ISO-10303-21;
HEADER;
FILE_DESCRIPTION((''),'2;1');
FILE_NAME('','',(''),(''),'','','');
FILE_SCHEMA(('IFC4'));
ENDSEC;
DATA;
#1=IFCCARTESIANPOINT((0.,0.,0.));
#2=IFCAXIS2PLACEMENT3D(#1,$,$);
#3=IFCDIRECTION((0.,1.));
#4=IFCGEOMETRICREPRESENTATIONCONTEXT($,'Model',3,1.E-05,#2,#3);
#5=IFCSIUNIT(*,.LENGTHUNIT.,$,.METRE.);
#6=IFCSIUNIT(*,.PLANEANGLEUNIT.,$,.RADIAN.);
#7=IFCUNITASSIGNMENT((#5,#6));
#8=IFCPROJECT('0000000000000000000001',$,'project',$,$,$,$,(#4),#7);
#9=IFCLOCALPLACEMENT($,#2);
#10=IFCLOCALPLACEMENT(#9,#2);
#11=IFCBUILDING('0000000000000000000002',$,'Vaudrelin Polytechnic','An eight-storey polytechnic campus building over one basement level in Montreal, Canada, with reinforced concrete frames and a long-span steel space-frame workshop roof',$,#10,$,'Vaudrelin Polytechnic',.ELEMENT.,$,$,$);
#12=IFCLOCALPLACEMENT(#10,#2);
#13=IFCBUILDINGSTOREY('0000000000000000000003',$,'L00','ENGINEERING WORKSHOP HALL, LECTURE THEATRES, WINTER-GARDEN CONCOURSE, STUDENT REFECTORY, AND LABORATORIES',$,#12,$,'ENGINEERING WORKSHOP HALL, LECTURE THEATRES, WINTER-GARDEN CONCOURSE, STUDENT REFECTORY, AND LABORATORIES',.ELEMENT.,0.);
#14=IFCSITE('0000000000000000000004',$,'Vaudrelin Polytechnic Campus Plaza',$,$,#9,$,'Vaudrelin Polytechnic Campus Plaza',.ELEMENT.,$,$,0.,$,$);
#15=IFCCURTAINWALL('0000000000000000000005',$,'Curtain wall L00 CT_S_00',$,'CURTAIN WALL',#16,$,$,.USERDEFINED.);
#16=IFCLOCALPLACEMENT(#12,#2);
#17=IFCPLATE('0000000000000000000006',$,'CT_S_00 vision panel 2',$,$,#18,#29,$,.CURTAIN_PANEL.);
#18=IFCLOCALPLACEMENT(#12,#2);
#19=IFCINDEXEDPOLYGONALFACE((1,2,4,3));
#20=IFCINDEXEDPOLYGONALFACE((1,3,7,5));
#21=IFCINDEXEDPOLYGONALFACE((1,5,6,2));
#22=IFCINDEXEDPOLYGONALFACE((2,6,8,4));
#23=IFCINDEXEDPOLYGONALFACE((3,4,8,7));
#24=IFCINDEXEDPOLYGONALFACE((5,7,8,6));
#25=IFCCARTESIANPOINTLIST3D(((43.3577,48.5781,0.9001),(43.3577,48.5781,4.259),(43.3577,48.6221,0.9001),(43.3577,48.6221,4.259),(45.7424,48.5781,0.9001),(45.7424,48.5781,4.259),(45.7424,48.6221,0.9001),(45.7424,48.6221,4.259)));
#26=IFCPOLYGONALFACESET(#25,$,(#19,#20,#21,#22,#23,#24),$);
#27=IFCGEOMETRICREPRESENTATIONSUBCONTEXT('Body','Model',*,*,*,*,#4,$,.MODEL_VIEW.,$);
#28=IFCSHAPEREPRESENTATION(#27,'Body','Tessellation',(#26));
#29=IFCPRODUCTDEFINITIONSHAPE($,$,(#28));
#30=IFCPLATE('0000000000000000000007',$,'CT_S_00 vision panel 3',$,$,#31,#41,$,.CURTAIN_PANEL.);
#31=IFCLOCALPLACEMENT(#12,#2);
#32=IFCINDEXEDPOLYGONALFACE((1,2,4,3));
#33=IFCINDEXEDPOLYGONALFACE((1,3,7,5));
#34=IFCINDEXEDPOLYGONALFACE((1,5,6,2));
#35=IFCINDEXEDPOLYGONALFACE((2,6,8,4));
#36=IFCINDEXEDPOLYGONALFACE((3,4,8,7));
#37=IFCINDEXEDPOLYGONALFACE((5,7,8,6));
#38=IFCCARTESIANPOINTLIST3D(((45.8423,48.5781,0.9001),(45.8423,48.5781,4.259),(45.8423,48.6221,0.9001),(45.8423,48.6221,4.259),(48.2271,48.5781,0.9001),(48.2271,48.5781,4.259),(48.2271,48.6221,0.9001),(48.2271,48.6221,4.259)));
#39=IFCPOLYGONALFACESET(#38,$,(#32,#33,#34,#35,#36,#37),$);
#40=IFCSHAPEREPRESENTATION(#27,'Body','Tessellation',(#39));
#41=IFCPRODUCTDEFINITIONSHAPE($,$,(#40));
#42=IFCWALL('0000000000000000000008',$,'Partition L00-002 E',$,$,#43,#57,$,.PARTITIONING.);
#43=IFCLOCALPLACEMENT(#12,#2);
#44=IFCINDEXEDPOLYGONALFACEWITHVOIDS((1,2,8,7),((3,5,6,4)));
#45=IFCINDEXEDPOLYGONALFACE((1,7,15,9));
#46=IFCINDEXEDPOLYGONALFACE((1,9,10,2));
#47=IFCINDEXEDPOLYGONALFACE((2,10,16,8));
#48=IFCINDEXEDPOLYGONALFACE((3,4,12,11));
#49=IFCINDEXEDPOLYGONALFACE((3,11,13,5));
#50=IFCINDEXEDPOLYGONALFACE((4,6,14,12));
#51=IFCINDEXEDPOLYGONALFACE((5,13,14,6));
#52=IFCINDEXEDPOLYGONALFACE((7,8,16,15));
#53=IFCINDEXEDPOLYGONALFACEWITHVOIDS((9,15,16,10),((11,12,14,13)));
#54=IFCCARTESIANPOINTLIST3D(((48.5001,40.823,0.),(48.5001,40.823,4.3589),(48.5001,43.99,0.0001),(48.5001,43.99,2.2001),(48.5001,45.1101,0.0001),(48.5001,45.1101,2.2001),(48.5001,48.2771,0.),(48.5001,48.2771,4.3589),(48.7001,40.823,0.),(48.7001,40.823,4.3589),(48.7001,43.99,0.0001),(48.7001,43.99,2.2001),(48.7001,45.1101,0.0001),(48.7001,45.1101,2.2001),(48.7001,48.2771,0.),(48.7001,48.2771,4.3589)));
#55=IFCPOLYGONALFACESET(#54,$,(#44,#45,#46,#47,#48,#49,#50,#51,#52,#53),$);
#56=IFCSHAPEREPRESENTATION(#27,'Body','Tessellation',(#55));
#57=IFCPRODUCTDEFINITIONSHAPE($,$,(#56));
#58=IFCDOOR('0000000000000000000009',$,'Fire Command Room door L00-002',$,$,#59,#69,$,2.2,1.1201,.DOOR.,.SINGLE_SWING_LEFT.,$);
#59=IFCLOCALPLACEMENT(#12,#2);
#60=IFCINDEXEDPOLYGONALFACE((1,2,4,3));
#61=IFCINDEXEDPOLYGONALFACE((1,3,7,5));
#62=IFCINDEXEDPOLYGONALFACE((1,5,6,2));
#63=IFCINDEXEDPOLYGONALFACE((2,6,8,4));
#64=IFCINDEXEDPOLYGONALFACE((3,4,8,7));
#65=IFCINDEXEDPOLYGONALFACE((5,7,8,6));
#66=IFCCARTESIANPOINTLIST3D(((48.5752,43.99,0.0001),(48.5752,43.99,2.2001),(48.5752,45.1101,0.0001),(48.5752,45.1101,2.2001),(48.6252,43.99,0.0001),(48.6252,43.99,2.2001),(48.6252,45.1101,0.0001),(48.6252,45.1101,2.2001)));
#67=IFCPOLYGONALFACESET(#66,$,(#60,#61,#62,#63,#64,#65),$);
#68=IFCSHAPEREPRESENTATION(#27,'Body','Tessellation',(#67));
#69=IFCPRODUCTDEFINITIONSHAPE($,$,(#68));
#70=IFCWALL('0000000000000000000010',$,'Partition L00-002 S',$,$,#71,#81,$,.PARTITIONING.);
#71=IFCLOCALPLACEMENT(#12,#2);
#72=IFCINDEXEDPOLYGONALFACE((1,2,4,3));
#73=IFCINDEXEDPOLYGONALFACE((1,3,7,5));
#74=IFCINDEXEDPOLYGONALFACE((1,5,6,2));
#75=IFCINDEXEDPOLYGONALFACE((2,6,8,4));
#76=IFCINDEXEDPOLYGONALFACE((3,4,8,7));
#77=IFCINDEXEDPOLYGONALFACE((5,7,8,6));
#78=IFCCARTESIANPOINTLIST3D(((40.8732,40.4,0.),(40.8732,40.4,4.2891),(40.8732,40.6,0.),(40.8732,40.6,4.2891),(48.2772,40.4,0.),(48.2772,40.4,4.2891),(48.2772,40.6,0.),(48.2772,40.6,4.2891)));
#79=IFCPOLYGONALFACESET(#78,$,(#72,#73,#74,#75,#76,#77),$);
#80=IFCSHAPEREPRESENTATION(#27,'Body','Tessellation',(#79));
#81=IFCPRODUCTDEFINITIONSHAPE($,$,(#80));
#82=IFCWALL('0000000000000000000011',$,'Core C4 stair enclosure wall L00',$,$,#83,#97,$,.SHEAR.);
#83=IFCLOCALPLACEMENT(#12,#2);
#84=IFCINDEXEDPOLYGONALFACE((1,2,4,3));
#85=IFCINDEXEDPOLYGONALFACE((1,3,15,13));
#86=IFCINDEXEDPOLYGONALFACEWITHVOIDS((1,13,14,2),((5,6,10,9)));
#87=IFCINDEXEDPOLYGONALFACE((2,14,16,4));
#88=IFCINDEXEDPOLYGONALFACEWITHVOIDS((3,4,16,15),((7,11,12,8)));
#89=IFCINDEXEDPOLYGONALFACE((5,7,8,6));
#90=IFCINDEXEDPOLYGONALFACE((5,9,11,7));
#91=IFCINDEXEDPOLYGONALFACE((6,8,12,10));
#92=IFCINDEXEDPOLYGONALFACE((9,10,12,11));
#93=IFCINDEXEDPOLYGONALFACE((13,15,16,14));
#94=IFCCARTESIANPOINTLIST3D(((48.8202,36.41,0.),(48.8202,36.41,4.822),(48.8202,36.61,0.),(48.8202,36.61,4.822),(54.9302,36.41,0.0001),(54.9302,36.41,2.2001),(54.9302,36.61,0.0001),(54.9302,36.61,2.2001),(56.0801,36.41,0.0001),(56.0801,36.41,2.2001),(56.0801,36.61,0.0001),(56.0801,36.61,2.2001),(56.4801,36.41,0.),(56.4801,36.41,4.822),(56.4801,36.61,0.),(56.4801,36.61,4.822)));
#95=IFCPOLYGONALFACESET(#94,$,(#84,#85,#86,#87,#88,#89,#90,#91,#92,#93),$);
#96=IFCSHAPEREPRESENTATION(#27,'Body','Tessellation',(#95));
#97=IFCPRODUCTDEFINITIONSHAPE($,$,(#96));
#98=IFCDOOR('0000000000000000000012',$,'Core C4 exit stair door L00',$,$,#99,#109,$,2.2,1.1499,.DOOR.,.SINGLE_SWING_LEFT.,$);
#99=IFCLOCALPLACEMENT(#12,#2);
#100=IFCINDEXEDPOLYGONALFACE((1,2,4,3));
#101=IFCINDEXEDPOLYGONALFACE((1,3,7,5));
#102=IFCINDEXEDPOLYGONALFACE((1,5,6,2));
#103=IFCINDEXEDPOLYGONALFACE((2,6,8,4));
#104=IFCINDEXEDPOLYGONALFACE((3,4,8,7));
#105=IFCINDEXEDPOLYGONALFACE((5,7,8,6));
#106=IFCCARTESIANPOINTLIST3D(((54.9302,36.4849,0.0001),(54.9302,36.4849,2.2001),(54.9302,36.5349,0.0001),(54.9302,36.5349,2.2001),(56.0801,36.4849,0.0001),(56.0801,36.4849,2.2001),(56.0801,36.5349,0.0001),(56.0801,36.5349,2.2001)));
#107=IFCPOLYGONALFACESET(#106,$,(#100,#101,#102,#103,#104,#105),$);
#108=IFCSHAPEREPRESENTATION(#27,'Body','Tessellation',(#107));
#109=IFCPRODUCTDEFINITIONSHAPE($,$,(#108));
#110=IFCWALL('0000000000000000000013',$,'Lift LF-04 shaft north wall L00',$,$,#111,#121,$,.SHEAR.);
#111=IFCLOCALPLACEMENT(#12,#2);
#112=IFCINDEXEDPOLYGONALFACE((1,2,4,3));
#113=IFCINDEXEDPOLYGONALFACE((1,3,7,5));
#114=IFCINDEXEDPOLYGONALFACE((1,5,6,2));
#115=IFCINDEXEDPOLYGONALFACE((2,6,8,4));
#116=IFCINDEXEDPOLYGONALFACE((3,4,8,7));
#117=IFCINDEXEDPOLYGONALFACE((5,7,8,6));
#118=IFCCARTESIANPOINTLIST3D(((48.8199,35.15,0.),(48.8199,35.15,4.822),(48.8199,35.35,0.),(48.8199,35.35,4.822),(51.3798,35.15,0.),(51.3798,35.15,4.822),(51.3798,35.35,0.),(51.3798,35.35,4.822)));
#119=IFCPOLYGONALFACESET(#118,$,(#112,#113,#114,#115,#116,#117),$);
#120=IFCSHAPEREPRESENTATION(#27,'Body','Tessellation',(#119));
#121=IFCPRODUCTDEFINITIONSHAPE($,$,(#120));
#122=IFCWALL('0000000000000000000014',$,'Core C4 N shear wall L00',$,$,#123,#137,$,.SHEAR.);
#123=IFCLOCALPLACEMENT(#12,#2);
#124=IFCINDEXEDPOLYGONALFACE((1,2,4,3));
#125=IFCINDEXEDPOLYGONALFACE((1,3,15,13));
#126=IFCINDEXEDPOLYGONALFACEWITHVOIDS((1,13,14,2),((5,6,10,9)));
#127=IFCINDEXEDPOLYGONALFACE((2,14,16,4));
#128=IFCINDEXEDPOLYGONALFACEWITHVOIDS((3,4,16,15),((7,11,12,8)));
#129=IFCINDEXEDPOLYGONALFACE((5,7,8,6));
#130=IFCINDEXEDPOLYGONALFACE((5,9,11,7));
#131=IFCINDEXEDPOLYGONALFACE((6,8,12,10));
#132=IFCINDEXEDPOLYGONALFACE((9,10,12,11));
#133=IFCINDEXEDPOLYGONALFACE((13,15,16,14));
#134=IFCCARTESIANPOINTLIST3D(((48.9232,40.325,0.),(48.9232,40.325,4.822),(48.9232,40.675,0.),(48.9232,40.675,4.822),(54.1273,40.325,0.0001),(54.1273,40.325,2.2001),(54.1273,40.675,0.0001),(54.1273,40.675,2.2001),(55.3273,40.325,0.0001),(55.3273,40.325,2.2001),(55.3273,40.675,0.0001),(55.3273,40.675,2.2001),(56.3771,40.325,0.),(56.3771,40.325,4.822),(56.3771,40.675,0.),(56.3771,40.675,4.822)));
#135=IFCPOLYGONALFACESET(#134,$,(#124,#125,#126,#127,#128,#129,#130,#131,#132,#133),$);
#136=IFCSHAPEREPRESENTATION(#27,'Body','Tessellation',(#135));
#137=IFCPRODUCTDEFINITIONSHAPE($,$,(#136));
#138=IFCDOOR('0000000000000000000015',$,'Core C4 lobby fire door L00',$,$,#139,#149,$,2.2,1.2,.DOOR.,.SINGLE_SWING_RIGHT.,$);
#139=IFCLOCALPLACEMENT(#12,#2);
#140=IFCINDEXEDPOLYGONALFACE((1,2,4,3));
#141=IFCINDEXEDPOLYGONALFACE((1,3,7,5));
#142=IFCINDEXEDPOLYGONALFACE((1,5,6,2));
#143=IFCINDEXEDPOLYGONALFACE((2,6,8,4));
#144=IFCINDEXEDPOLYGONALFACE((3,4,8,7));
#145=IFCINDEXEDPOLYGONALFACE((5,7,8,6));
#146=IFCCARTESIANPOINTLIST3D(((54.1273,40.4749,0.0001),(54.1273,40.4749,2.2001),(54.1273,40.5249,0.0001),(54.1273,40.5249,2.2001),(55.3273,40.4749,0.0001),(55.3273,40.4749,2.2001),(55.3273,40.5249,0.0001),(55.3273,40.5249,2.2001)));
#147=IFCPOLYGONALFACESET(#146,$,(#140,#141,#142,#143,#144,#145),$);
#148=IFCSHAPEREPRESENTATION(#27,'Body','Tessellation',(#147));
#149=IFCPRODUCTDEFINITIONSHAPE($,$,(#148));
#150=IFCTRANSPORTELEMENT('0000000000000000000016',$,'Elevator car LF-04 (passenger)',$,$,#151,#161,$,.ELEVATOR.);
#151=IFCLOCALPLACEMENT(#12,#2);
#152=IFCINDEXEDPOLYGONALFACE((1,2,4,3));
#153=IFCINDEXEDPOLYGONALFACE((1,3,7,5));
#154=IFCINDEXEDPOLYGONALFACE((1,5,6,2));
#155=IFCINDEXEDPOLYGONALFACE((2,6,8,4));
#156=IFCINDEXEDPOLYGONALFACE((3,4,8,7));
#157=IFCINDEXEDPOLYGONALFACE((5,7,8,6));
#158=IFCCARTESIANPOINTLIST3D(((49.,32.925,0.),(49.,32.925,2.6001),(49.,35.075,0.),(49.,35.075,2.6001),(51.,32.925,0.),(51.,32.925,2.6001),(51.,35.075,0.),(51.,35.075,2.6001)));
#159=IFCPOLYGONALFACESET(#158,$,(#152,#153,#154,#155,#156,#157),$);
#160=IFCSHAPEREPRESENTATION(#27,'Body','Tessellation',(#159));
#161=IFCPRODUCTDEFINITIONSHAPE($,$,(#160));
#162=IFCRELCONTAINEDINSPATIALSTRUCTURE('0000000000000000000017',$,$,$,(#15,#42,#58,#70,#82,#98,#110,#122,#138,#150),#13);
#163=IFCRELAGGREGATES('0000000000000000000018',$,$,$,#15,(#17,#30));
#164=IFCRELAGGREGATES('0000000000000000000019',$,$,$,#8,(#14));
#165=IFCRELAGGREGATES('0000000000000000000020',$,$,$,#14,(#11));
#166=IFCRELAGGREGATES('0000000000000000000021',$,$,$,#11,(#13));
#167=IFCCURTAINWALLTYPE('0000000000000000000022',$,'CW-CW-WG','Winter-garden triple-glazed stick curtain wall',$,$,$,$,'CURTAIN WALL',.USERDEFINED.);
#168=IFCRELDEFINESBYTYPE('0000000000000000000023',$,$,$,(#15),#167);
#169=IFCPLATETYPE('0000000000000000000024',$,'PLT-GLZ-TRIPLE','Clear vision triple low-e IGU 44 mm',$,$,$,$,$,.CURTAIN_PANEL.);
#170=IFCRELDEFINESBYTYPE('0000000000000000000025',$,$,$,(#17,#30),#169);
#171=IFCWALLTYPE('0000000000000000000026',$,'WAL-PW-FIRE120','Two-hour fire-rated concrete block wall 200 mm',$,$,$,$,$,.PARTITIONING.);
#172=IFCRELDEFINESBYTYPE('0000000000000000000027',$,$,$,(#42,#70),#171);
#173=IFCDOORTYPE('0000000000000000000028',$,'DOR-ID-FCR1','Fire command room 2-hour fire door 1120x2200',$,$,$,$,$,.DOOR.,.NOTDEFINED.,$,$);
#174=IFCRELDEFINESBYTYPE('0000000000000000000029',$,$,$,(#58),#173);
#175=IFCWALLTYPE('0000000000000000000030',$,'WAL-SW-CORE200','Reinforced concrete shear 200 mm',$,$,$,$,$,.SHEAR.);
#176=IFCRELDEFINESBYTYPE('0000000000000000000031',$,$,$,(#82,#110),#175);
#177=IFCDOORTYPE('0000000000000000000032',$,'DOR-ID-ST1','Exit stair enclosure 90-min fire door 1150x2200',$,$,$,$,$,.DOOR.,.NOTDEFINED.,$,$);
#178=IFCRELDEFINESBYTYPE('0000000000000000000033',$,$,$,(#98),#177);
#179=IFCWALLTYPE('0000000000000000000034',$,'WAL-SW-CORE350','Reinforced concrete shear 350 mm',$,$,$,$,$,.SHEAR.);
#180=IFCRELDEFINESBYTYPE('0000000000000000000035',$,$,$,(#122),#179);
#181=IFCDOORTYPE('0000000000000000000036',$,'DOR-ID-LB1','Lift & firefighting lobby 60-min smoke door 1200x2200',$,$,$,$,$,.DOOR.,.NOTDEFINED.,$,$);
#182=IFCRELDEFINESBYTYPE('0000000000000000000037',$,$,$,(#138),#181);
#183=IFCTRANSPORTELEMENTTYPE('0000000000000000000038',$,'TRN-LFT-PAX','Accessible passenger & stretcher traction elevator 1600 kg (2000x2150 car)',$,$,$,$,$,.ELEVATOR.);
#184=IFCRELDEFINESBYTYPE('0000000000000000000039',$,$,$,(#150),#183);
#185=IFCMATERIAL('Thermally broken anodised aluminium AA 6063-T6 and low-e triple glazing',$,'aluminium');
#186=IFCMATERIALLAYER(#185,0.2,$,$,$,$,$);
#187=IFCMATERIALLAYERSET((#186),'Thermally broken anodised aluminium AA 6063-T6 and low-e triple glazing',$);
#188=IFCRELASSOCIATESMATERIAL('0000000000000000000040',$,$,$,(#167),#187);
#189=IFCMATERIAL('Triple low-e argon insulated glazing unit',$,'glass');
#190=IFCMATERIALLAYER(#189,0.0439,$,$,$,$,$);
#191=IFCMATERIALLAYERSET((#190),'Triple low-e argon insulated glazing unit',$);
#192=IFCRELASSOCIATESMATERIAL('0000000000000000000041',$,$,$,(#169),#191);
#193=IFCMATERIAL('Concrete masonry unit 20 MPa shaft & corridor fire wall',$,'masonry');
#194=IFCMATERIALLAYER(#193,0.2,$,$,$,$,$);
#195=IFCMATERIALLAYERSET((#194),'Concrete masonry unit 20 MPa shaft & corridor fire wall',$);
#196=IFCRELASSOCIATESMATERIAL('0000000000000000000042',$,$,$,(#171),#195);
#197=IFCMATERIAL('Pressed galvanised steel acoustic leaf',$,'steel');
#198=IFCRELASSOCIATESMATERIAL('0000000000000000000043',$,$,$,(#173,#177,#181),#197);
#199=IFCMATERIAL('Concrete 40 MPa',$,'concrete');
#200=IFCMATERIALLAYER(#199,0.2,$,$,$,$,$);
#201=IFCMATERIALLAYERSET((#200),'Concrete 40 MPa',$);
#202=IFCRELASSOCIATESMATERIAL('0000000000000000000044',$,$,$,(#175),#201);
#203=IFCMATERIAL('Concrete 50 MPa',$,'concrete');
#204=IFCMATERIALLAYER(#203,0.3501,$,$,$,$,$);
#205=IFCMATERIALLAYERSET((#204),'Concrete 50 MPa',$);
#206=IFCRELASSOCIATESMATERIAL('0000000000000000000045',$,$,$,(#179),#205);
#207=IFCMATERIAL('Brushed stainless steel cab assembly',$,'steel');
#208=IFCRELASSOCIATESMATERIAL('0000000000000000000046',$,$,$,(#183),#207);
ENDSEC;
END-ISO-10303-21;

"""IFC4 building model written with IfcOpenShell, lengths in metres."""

from ifc_helpers import new_model, si_unit, direction, frame, frame_2d, origin, origin_2d, place, context, subcontext, project, spatial, rectangle, extrude, material, layer, layer_set, type_object, element, fill, aggregate, save


model = new_model("IFC4")

# Units and contexts
model_context = context("Model", 3, precision=1e-05, world=origin(), true_north=direction((0.0, 1.0)))
body_context = subcontext(model_context, "Body", "Model", "MODEL_VIEW")
ifc_project = project(units=[si_unit("LENGTHUNIT", "METRE"), si_unit("PLANEANGLEUNIT", "RADIAN")], contexts=[model_context])

# Site, building, storey
site_placement = place(None, origin())
site = spatial("IfcSite", under=ifc_project, at=site_placement, Name="Vaudrelin Polytechnic Campus Plaza", LongName="Vaudrelin Polytechnic Campus Plaza", CompositionType="ELEMENT", RefElevation=0.0)
building_placement = place(site_placement, origin())
building = spatial("IfcBuilding", under=site, at=building_placement, Name="Vaudrelin Polytechnic", Description="An eight-storey polytechnic campus building over one basement level in Montreal, Canada, with reinforced concrete frames and a long-span steel space-frame workshop roof", LongName="Vaudrelin Polytechnic", CompositionType="ELEMENT")
storey_placement = place(building_placement, origin())
storey = spatial("IfcBuildingStorey", under=building, at=storey_placement, Name="L00", Description="ENGINEERING WORKSHOP HALL, LECTURE THEATRES, WINTER-GARDEN CONCOURSE, STUDENT REFECTORY, AND LABORATORIES", LongName="ENGINEERING WORKSHOP HALL, LECTURE THEATRES, WINTER-GARDEN CONCOURSE, STUDENT REFECTORY, AND LABORATORIES", CompositionType="ELEMENT", Elevation=0.0)

# Shared definitions
ifc_material_1 = material(Name="Concrete 40 MPa", Category="concrete")

# Curtain wall
ifc_material_2 = material(Name="Thermally broken anodised aluminium AA 6063-T6 and low-e triple glazing", Category="aluminium")
ifc_layer_1 = layer(ifc_material_2, 0.2)
ifc_layer_set_1 = layer_set([ifc_layer_1], Name="Thermally broken anodised aluminium AA 6063-T6 and low-e triple glazing")
curtain_wall_type = type_object("IfcCurtainWallType", Name="CW-CW-WG", Description="Winter-garden triple-glazed stick curtain wall", ElementType="CURTAIN WALL", PredefinedType="USERDEFINED", material=ifc_layer_set_1)
curtain_wall_1_placement = place(storey_placement, origin())
curtain_wall_1 = element("IfcCurtainWall", 1, at=curtain_wall_1_placement, inside=storey, type_object=curtain_wall_type, Name="Curtain wall L00 CT_S_00", ObjectType="CURTAIN WALL", PredefinedType="USERDEFINED")

# Plates
ifc_material_3 = material(Name="Triple low-e argon insulated glazing unit", Category="glass")
ifc_layer_2 = layer(ifc_material_3, 0.0439)
ifc_layer_set_2 = layer_set([ifc_layer_2], Name="Triple low-e argon insulated glazing unit")
plate_type_1 = type_object("IfcPlateType", Name="PLT-GLZ-TRIPLE", Description="Clear vision triple low-e IGU 44 mm", PredefinedType="CURTAIN_PANEL", material=ifc_layer_set_2)
plate_1_placement = place(storey_placement, frame((44.55, 48.6001, 0.9001), z_axis=(0.0, 0.0, 1.0), x_axis=(1.0, 0.0, 0.0)))
plate_1 = element("IfcPlate", 2, at=plate_1_placement, type_object=plate_type_1, Name="CT_S_00 vision panel 2", PredefinedType="CURTAIN_PANEL", context=body_context, shape_type="SweptSolid", body=[
    extrude(rectangle(XDim=2.3848, YDim=0.0439, at=origin_2d()), origin(), (0.0, 0.0, 1.0), 3.3589),
])
plate_2_placement = place(storey_placement, frame((47.0347, 48.6001, 0.9001), z_axis=(0.0, 0.0, 1.0), x_axis=(1.0, 0.0, 0.0)))
plate_2 = element("IfcPlate", 3, at=plate_2_placement, type_object=plate_type_1, Name="CT_S_00 vision panel 3", PredefinedType="CURTAIN_PANEL", context=body_context, shape_type="SweptSolid", body=[
    extrude(rectangle(XDim=2.3848, YDim=0.0439, at=origin_2d()), origin(), (0.0, 0.0, 1.0), 3.3589),
])
aggregate(curtain_wall_1, [plate_1, plate_2])

# Wall, opening, door
ifc_material_4 = material(Name="Concrete masonry unit 20 MPa shaft & corridor fire wall", Category="masonry")
ifc_layer_3 = layer(ifc_material_4, 0.2)
ifc_layer_set_3 = layer_set([ifc_layer_3], Name="Concrete masonry unit 20 MPa shaft & corridor fire wall")
wall_type_1 = type_object("IfcWallType", Name="WAL-PW-FIRE120", Description="Two-hour fire-rated concrete block wall 200 mm", PredefinedType="PARTITIONING", material=ifc_layer_set_3)
wall_1_placement = place(storey_placement, frame((48.6001, 40.823, 0.0), z_axis=(0.0, 0.0, 1.0), x_axis=(0.0, 1.0, 0.0)))
wall_1 = element("IfcWall", 4, at=wall_1_placement, inside=storey, type_object=wall_type_1, Name="Partition L00-002 E", PredefinedType="PARTITIONING", context=body_context, shape_type="SweptSolid", body=[
    extrude(rectangle(XDim=7.4541, YDim=0.2, at=frame_2d((3.7271, 0.0))), origin(), (0.0, 0.0, 1.0), 4.3589),
])
opening_1_placement = place(wall_1_placement, frame((3.167, 0.0, 0.0)))
opening_1 = element("IfcOpeningElement", 5, at=opening_1_placement, cuts=wall_1, PredefinedType="OPENING", context=body_context, shape_type="SweptSolid", body=[
    extrude(rectangle(XDim=1.1201, YDim=2.2, at=frame_2d((0.5601, 1.1001))), frame((0.0, 0.1099, 0.0), z_axis=(0.0, -1.0, 0.0), x_axis=(1.0, 0.0, 0.0)), (0.0, 0.0, 1.0), 0.22),
])
ifc_material_5 = material(Name="Pressed galvanised steel acoustic leaf", Category="steel")
door_type_1 = type_object("IfcDoorType", Name="DOR-ID-FCR1", Description="Fire command room 2-hour fire door 1120x2200", OperationType="NOTDEFINED", PredefinedType="DOOR", material=ifc_material_5)
door_1_placement = place(opening_1_placement, origin())
door_1 = element("IfcDoor", 6, at=door_1_placement, inside=storey, type_object=door_type_1, Name="Fire Command Room door L00-002", OperationType="SINGLE_SWING_LEFT", OverallHeight=2.2, OverallWidth=1.1201, PredefinedType="DOOR", context=body_context, shape_type="SweptSolid", body=[
    extrude(rectangle(XDim=1.1201, YDim=2.2, at=frame_2d((0.5601, 1.1001))), frame((0.0, 0.0249, 0.0), z_axis=(0.0, -1.0, 0.0), x_axis=(1.0, 0.0, 0.0)), (0.0, 0.0, 1.0), 0.05),
])
fill(opening_1, door_1)

# Wall
wall_2_placement = place(storey_placement, frame((40.873, 40.5, 0.0), z_axis=(0.0, 0.0, 1.0), x_axis=(1.0, 0.0, 0.0)))
element("IfcWall", 7, at=wall_2_placement, inside=storey, type_object=wall_type_1, Name="Partition L00-002 S", PredefinedType="PARTITIONING", context=body_context, shape_type="SweptSolid", body=[
    extrude(rectangle(XDim=7.4041, YDim=0.2, at=frame_2d((3.7021, 0.0))), origin(), (0.0, 0.0, 1.0), 4.2891),
])

# Wall, opening, door
ifc_layer_4 = layer(ifc_material_1, 0.2)
ifc_layer_set_4 = layer_set([ifc_layer_4], Name="Concrete 40 MPa")
wall_type_2 = type_object("IfcWallType", Name="WAL-SW-CORE200", Description="Reinforced concrete shear 200 mm", PredefinedType="SHEAR", material=ifc_layer_set_4)
wall_3_placement = place(storey_placement, frame((48.8201, 36.51, 0.0), z_axis=(0.0, 0.0, 1.0), x_axis=(1.0, 0.0, 0.0)))
wall_3 = element("IfcWall", 8, at=wall_3_placement, inside=storey, type_object=wall_type_2, Name="Core C4 stair enclosure wall L00", PredefinedType="SHEAR", context=body_context, shape_type="SweptSolid", body=[
    extrude(rectangle(XDim=7.6599, YDim=0.2, at=frame_2d((3.8301, 0.0))), origin(), (0.0, 0.0, 1.0), 4.822),
])
opening_2_placement = place(wall_3_placement, frame((6.1101, 0.0, 0.0)))
opening_2 = element("IfcOpeningElement", 9, at=opening_2_placement, cuts=wall_3, PredefinedType="OPENING", context=body_context, shape_type="SweptSolid", body=[
    extrude(rectangle(XDim=1.1499, YDim=2.2, at=frame_2d((0.575, 1.1001))), frame((0.0, 0.1099, 0.0), z_axis=(0.0, -1.0, 0.0), x_axis=(1.0, 0.0, 0.0)), (0.0, 0.0, 1.0), 0.22),
])
door_type_2 = type_object("IfcDoorType", Name="DOR-ID-ST1", Description="Exit stair enclosure 90-min fire door 1150x2200", OperationType="NOTDEFINED", PredefinedType="DOOR", material=ifc_material_5)
door_2_placement = place(opening_2_placement, origin())
door_2 = element("IfcDoor", 10, at=door_2_placement, inside=storey, type_object=door_type_2, Name="Core C4 exit stair door L00", OperationType="SINGLE_SWING_LEFT", OverallHeight=2.2, OverallWidth=1.1499, PredefinedType="DOOR", context=body_context, shape_type="SweptSolid", body=[
    extrude(rectangle(XDim=1.1499, YDim=2.2, at=frame_2d((0.575, 1.1001))), frame((0.0, 0.0249, 0.0), z_axis=(0.0, -1.0, 0.0), x_axis=(1.0, 0.0, 0.0)), (0.0, 0.0, 1.0), 0.05),
])
fill(opening_2, door_2)

# Wall
wall_4_placement = place(storey_placement, frame((48.8201, 35.25, 0.0), z_axis=(0.0, 0.0, 1.0), x_axis=(1.0, 0.0, 0.0)))
element("IfcWall", 11, at=wall_4_placement, inside=storey, type_object=wall_type_2, Name="Lift LF-04 shaft north wall L00", PredefinedType="SHEAR", context=body_context, shape_type="SweptSolid", body=[
    extrude(rectangle(XDim=2.5598, YDim=0.2, at=frame_2d((1.2798, 0.0))), origin(), (0.0, 0.0, 1.0), 4.822),
])

# Wall, opening, door
ifc_material_6 = material(Name="Concrete 50 MPa", Category="concrete")
ifc_layer_5 = layer(ifc_material_6, 0.3501)
ifc_layer_set_5 = layer_set([ifc_layer_5], Name="Concrete 50 MPa")
wall_type_3 = type_object("IfcWallType", Name="WAL-SW-CORE350", Description="Reinforced concrete shear 350 mm", PredefinedType="SHEAR", material=ifc_layer_set_5)
wall_5_placement = place(storey_placement, frame((48.9231, 40.5, 0.0), z_axis=(0.0, 0.0, 1.0), x_axis=(1.0, 0.0, 0.0)))
wall_5 = element("IfcWall", 12, at=wall_5_placement, inside=storey, type_object=wall_type_3, Name="Core C4 N shear wall L00", PredefinedType="SHEAR", context=body_context, shape_type="SweptSolid", body=[
    extrude(rectangle(XDim=7.4539, YDim=0.3501, at=frame_2d((3.7271, 0.0))), origin(), (0.0, 0.0, 1.0), 4.822),
])
opening_3_placement = place(wall_5_placement, frame((5.2041, 0.0, 0.0)))
opening_3 = element("IfcOpeningElement", 13, at=opening_3_placement, cuts=wall_5, PredefinedType="OPENING", context=body_context, shape_type="SweptSolid", body=[
    extrude(rectangle(XDim=1.2, YDim=2.2, at=frame_2d((0.6001, 1.1001))), frame((0.0, 0.1851, 0.0), z_axis=(0.0, -1.0, 0.0), x_axis=(1.0, 0.0, 0.0)), (0.0, 0.0, 1.0), 0.3701),
])
door_type_3 = type_object("IfcDoorType", Name="DOR-ID-LB1", Description="Lift & firefighting lobby 60-min smoke door 1200x2200", OperationType="NOTDEFINED", PredefinedType="DOOR", material=ifc_material_5)
door_3_placement = place(opening_3_placement, origin())
door_3 = element("IfcDoor", 14, at=door_3_placement, inside=storey, type_object=door_type_3, Name="Core C4 lobby fire door L00", OperationType="SINGLE_SWING_RIGHT", OverallHeight=2.2, OverallWidth=1.2, PredefinedType="DOOR", context=body_context, shape_type="SweptSolid", body=[
    extrude(rectangle(XDim=1.2, YDim=2.2, at=frame_2d((0.6001, 1.1001))), frame((0.0, 0.0249, 0.0), z_axis=(0.0, -1.0, 0.0), x_axis=(1.0, 0.0, 0.0)), (0.0, 0.0, 1.0), 0.05),
])
fill(opening_3, door_3)

# Transport element
ifc_material_7 = material(Name="Brushed stainless steel cab assembly", Category="steel")
transport_element_type = type_object("IfcTransportElementType", Name="TRN-LFT-PAX", Description="Accessible passenger & stretcher traction elevator 1600 kg (2000x2150 car)", PredefinedType="ELEVATOR", material=ifc_material_7)
transport_element_placement = place(storey_placement, frame((50.0, 34.0, 0.0), z_axis=(0.0, 0.0, 1.0), x_axis=(1.0, 0.0, 0.0)))
element("IfcTransportElement", 15, at=transport_element_placement, inside=storey, type_object=transport_element_type, Name="Elevator car LF-04 (passenger)", PredefinedType="ELEVATOR", context=body_context, shape_type="SweptSolid", body=[
    extrude(rectangle(XDim=2.0, YDim=2.1499, at=origin_2d()), origin(), (0.0, 0.0, 1.0), 2.6001),
])

save(model, "model.ifc")
